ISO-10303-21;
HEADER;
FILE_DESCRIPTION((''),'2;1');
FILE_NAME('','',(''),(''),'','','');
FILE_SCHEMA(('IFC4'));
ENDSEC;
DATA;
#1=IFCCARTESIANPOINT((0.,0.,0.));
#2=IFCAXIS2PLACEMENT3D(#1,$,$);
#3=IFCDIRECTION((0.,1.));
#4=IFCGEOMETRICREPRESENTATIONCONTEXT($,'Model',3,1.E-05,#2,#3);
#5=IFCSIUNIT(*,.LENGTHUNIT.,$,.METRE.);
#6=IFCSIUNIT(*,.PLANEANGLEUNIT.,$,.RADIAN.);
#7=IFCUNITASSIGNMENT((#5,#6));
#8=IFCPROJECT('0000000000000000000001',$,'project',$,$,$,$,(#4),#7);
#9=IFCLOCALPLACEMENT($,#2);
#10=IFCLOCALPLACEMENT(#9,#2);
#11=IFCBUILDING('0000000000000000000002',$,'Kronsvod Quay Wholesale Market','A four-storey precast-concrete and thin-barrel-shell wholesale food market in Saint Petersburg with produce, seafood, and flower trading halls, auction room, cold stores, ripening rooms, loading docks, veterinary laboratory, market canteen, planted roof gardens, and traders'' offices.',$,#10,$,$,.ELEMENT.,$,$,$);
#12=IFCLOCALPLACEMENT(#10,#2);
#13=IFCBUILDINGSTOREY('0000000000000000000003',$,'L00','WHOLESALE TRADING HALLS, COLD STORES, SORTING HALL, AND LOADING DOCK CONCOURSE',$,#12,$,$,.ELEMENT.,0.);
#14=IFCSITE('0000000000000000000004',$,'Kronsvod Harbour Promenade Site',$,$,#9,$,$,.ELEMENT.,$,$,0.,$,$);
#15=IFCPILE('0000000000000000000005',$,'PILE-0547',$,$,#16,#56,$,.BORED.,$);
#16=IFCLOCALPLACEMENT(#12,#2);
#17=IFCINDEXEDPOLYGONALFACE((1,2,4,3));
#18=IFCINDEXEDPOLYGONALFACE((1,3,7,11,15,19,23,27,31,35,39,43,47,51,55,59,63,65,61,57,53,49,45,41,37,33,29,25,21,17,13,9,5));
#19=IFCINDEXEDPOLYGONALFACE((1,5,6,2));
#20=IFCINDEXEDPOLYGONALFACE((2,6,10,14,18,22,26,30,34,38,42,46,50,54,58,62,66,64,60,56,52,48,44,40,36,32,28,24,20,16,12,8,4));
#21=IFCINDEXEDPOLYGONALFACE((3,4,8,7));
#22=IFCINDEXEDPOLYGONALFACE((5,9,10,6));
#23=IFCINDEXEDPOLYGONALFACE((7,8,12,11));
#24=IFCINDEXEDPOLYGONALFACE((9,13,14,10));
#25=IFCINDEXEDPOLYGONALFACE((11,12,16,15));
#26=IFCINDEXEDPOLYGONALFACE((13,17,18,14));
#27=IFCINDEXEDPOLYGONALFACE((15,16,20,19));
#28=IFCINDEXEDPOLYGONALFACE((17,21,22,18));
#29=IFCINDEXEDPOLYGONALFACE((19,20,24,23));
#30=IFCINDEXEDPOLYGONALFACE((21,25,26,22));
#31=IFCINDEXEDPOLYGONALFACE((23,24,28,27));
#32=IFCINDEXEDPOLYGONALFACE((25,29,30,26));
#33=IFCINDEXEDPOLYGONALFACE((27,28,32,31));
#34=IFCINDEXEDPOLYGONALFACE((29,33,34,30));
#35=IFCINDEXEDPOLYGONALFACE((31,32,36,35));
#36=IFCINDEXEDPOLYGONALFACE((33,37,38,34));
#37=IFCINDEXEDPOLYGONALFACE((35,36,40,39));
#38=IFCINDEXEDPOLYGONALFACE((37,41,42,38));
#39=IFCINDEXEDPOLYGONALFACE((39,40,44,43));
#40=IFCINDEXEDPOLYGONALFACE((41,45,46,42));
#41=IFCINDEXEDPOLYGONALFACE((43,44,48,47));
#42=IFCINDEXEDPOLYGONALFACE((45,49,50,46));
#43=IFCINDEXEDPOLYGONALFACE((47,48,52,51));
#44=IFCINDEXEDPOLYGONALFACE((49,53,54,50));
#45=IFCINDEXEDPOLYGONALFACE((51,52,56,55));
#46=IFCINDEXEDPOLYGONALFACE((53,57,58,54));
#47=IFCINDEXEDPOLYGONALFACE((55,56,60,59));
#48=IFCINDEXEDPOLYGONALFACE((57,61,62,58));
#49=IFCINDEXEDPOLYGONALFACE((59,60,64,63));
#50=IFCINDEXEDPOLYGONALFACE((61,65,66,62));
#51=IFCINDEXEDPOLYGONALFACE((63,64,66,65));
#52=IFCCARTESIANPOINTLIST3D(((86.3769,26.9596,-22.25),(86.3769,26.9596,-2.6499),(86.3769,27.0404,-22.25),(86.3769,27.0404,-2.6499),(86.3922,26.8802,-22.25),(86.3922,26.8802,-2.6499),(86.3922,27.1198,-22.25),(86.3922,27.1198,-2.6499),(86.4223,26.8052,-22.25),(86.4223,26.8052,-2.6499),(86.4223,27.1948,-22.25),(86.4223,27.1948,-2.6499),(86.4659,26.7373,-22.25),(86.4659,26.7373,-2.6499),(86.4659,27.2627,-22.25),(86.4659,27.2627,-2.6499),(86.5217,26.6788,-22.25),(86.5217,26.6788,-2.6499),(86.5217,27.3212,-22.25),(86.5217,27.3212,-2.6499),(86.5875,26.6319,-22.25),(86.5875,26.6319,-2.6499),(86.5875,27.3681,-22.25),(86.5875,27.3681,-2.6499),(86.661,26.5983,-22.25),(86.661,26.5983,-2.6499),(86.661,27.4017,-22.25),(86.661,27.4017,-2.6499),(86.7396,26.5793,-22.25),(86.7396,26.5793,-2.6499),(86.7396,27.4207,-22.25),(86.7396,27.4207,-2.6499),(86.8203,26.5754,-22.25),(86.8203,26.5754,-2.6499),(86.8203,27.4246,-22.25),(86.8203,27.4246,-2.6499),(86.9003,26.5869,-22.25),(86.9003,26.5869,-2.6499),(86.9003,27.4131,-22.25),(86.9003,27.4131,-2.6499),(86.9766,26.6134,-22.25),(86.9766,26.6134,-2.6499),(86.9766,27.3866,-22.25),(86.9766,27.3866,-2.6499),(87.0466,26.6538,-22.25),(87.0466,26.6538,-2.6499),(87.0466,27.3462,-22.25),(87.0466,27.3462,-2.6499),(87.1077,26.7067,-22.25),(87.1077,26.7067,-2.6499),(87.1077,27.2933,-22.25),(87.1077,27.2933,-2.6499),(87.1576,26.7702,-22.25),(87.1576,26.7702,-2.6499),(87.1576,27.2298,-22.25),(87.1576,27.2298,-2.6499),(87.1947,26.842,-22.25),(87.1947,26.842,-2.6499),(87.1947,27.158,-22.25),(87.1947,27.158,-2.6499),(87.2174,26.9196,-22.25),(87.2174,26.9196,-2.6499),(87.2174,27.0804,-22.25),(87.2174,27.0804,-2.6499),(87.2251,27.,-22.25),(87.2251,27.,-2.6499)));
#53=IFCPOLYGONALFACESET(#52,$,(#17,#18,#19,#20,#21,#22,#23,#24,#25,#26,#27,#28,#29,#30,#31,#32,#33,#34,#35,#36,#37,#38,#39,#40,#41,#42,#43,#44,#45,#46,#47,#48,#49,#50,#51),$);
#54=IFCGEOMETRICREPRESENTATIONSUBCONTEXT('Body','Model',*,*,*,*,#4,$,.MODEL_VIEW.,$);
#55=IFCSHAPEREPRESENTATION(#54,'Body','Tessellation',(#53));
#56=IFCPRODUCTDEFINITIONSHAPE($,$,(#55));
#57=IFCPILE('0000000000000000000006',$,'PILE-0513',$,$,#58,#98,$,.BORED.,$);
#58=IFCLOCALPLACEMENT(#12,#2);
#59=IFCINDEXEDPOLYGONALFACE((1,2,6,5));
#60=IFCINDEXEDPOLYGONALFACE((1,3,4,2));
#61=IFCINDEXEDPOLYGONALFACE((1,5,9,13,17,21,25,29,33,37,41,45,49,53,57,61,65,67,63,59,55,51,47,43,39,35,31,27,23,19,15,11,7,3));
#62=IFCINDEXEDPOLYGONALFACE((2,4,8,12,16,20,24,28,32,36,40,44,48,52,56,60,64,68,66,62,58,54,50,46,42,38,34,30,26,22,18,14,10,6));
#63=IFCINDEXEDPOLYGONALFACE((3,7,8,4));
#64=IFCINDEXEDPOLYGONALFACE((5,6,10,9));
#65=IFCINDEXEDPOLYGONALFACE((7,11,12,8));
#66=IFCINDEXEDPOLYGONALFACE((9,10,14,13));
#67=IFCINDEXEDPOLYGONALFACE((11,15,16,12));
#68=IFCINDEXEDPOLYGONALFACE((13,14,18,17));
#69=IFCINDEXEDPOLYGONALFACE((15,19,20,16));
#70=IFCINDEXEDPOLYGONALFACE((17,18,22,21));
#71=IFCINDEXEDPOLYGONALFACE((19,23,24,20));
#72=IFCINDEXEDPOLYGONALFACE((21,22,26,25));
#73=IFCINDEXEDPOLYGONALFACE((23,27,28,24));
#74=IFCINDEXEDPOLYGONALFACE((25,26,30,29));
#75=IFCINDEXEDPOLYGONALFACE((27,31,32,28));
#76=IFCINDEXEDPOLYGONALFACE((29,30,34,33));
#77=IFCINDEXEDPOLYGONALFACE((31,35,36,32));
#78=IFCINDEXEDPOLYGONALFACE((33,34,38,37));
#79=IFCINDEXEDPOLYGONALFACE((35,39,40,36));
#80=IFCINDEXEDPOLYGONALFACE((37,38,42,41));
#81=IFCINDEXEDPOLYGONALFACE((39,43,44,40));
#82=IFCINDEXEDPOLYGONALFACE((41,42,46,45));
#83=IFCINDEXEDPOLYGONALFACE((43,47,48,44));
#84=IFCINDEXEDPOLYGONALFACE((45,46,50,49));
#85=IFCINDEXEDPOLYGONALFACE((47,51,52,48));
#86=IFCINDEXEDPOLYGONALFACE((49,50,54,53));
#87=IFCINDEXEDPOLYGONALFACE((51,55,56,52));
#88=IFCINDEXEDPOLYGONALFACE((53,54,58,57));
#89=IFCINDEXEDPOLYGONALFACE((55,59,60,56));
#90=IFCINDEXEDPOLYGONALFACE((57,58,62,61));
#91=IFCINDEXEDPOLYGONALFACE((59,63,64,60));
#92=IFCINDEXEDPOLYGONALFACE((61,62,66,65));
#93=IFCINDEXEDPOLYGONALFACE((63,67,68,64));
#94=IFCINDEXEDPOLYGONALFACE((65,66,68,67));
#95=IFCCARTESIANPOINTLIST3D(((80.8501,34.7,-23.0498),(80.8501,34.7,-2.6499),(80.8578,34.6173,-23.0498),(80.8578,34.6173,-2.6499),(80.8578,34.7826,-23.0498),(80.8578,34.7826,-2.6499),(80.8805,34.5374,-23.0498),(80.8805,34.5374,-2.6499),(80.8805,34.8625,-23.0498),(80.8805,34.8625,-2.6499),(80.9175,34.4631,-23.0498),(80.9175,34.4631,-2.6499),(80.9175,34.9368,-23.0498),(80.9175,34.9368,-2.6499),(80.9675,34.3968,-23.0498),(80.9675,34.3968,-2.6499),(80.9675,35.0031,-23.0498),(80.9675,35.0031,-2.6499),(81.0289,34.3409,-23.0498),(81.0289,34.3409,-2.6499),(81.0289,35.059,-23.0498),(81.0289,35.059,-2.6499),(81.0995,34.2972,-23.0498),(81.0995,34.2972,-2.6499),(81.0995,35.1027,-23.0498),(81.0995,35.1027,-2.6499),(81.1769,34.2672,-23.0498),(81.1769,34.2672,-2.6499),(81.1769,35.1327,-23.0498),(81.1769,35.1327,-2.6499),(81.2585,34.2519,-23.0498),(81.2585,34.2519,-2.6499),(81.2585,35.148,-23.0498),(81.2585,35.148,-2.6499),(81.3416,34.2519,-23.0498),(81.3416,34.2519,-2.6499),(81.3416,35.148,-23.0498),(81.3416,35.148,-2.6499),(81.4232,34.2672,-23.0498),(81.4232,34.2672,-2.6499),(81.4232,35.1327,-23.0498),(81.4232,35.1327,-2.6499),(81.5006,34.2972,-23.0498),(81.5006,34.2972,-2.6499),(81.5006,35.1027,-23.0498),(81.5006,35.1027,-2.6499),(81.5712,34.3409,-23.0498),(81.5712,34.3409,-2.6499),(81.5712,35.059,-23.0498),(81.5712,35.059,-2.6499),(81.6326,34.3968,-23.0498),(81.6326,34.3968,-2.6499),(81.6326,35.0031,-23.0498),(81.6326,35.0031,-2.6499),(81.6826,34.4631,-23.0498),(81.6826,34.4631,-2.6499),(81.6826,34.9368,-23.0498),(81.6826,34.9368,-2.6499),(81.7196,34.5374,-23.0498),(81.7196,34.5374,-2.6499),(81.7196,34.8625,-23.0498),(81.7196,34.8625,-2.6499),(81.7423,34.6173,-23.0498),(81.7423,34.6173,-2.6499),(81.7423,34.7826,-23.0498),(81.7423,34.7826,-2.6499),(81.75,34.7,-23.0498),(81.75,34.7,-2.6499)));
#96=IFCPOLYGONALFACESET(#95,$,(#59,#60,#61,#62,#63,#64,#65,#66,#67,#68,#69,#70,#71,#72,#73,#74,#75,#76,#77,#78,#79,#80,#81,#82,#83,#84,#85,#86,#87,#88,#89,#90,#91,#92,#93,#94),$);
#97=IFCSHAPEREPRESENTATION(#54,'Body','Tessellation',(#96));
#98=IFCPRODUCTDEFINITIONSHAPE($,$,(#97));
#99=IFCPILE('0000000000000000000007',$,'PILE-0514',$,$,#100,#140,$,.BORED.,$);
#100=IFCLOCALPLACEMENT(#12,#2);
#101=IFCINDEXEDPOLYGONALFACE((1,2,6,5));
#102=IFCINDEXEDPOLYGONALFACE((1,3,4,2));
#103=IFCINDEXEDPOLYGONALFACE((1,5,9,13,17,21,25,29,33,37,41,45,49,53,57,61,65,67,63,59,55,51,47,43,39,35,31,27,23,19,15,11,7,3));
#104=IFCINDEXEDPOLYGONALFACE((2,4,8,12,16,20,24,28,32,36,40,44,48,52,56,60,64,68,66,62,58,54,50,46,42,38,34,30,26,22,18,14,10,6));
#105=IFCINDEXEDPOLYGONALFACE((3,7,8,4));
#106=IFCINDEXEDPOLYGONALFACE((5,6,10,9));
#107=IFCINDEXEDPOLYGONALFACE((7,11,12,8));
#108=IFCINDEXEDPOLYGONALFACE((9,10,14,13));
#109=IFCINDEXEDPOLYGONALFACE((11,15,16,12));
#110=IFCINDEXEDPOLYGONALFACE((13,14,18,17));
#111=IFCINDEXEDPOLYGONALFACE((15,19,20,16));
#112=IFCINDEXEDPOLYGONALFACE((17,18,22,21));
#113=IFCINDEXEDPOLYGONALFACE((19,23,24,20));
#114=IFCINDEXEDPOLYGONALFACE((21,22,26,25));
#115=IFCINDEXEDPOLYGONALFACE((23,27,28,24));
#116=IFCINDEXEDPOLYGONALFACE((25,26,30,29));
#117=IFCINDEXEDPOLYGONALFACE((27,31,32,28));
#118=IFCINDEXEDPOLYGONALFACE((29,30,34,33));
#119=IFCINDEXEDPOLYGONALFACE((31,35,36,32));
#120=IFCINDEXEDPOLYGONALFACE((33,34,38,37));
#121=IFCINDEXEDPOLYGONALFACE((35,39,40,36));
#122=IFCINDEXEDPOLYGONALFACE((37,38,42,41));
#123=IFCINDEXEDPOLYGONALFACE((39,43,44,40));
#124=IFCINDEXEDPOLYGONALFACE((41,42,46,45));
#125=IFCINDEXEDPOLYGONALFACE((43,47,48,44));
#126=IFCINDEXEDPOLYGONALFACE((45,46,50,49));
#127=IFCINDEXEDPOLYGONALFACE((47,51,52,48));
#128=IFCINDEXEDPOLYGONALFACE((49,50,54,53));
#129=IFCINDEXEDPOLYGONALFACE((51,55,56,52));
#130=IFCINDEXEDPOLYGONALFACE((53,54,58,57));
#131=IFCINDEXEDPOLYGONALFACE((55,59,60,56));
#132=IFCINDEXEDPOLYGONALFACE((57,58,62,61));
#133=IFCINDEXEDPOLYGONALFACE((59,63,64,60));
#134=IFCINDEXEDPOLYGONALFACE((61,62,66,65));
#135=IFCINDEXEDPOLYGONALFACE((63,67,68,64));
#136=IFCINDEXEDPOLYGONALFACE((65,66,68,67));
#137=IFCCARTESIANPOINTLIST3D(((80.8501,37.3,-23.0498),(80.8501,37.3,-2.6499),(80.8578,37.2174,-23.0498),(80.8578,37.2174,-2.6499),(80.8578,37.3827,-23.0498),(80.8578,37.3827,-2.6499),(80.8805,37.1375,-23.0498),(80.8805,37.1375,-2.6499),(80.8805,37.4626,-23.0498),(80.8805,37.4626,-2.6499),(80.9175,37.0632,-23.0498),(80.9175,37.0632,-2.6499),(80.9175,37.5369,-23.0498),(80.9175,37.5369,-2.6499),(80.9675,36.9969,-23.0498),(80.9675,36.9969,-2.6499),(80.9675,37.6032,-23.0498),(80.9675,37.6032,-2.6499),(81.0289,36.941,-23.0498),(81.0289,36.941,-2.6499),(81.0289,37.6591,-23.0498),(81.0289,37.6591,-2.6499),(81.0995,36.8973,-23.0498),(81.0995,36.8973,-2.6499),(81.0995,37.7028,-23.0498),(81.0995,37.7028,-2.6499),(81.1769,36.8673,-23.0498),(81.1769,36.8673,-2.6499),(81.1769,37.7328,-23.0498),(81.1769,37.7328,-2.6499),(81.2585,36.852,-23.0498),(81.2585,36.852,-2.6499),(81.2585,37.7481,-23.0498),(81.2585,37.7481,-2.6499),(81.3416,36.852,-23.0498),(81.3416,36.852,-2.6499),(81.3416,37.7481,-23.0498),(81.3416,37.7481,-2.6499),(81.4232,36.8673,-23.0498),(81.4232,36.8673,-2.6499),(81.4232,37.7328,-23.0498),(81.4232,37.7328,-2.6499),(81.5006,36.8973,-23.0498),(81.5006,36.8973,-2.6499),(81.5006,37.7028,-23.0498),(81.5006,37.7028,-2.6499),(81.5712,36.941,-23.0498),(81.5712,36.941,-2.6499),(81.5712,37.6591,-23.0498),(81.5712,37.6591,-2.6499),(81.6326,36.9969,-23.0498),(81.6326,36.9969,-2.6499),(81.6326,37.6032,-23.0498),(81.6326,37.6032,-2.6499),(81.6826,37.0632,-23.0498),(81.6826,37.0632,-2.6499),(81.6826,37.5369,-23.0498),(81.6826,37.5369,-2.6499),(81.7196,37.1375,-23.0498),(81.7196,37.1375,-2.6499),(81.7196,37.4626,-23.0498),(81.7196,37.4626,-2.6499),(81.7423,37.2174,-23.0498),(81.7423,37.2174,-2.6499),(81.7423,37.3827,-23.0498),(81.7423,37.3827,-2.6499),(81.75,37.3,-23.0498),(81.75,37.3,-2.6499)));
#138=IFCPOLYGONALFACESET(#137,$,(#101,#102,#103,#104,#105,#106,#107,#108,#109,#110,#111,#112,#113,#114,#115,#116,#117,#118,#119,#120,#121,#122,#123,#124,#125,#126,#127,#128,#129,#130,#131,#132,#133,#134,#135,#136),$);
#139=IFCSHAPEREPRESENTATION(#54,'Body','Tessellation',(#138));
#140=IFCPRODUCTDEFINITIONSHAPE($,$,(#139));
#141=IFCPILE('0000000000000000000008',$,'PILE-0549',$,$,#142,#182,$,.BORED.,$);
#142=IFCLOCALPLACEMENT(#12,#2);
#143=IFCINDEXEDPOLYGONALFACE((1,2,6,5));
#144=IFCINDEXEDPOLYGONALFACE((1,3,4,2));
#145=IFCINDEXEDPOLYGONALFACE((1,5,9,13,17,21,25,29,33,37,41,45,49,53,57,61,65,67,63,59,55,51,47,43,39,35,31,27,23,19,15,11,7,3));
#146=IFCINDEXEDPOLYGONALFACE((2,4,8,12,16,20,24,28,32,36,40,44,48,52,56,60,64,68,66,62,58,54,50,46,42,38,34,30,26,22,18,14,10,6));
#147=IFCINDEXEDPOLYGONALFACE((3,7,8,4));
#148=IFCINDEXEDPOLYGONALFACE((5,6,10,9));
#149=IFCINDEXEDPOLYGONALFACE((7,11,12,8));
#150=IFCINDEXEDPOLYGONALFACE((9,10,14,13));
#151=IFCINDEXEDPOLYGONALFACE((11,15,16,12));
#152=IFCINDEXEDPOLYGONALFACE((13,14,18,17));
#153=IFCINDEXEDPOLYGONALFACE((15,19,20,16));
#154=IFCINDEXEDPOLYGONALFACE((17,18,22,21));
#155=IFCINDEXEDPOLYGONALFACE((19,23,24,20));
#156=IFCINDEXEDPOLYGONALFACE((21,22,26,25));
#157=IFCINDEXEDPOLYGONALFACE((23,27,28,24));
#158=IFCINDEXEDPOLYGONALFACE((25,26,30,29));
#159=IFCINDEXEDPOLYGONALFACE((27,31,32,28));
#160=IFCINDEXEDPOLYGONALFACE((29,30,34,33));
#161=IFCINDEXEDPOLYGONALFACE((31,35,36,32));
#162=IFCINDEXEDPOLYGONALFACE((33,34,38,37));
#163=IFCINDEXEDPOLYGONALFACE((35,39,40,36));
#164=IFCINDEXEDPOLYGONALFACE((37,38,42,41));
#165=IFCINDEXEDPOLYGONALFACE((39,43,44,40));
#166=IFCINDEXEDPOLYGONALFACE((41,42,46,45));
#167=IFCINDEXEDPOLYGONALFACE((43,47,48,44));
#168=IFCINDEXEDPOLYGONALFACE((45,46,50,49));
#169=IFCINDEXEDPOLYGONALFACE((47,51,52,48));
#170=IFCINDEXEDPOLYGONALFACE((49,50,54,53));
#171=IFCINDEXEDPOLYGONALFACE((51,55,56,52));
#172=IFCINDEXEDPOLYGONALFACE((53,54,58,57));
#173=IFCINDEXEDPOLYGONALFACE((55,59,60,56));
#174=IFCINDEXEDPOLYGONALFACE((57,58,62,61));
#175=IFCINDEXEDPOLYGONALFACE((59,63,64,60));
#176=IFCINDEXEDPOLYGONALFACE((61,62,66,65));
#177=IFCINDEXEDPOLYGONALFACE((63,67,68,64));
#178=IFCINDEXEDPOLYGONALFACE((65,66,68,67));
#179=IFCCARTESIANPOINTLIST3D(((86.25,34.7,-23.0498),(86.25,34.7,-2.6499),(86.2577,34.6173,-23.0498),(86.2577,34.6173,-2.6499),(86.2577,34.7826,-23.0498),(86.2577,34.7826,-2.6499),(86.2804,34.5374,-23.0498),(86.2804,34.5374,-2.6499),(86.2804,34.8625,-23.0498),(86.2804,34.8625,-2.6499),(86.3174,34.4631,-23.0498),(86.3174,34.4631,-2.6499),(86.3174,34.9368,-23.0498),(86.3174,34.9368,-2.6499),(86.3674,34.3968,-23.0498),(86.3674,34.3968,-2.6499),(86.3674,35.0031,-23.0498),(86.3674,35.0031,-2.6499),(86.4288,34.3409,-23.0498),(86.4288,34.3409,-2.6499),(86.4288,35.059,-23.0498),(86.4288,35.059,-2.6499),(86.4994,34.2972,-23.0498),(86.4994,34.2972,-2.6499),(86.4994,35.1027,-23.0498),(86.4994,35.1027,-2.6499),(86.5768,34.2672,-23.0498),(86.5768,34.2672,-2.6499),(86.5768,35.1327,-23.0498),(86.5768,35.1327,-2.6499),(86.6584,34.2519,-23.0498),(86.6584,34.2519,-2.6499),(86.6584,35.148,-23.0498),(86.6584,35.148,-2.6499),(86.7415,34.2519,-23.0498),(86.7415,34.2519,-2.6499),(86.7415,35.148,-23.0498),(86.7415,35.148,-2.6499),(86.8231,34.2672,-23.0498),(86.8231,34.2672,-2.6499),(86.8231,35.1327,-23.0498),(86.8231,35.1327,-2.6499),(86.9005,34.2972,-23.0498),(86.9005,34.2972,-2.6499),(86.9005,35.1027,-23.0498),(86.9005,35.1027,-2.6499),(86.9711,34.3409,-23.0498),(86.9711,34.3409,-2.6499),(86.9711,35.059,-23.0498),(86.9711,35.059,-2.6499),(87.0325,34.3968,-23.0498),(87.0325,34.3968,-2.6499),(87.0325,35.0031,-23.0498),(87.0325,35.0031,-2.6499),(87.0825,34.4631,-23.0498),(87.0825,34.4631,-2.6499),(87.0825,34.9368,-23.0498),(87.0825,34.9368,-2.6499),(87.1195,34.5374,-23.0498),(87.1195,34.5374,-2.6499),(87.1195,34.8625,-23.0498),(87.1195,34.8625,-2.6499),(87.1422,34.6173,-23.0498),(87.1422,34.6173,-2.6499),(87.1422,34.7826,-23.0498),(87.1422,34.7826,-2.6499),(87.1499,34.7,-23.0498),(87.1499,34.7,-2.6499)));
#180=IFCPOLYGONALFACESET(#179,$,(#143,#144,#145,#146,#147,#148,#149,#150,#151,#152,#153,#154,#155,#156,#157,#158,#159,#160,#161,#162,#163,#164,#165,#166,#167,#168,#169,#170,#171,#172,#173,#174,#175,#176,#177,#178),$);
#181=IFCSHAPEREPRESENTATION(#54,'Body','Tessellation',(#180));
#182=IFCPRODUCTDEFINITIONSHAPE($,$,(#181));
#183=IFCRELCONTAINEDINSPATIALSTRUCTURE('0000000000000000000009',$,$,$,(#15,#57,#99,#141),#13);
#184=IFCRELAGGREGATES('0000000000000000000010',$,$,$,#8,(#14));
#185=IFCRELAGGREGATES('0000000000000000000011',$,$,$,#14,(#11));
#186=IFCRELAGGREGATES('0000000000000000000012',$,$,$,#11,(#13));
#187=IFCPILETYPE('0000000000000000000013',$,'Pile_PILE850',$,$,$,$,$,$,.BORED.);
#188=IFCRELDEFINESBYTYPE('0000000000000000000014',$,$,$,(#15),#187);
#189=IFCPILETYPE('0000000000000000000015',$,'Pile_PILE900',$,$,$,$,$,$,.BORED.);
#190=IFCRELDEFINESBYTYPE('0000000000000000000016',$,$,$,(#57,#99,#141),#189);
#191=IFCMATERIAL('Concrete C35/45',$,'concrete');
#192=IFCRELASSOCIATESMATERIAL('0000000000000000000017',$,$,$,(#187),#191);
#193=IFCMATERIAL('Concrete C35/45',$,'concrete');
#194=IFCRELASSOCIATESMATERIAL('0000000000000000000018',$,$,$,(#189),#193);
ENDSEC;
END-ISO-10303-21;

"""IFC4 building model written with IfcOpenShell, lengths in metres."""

from ifc_helpers import new_model, si_unit, direction, frame, origin, origin_2d, place, context, subcontext, project, spatial, circle, extrude, material, material_profile, profile_set, type_object, element, save


model = new_model("IFC4")

# Units and contexts
model_context = context("Model", 3, precision=1e-05, world=origin(), true_north=direction((0.0, 1.0)))
body_context = subcontext(model_context, "Body", "Model", "MODEL_VIEW")
ifc_project = project(units=[si_unit("LENGTHUNIT", "METRE"), si_unit("PLANEANGLEUNIT", "RADIAN")], contexts=[model_context])

# Site, building, storey
site_placement = place(None, origin())
site = spatial("IfcSite", under=ifc_project, at=site_placement, Name="Kronsvod Harbour Promenade Site", CompositionType="ELEMENT", RefElevation=0.0)
building_placement = place(site_placement, origin())
building = spatial("IfcBuilding", under=site, at=building_placement, Name="Kronsvod Quay Wholesale Market", Description="A four-storey precast-concrete and thin-barrel-shell wholesale food market in Saint Petersburg with produce, seafood, and flower trading halls, auction room, cold stores, ripening rooms, loading docks, veterinary laboratory, market canteen, planted roof gardens, and traders' offices.", CompositionType="ELEMENT")
storey_placement = place(building_placement, origin())
storey = spatial("IfcBuildingStorey", under=building, at=storey_placement, Name="L00", Description="WHOLESALE TRADING HALLS, COLD STORES, SORTING HALL, AND LOADING DOCK CONCOURSE", CompositionType="ELEMENT", Elevation=0.0)

# Piles
ifc_material_1 = material(Name="Concrete C35/45", Category="concrete")
ifc_material_profile_1 = material_profile(ifc_material_1, circle(Radius=0.425, at=origin_2d()), Name="PILE850")
ifc_profile_set_1 = profile_set([ifc_material_profile_1], Name="Concrete C35/45")
pile_type_1 = type_object("IfcPileType", Name="Pile_PILE850", PredefinedType="BORED", material=ifc_profile_set_1)
for number, where, z_axis, x_axis, name in (
    (1, (86.8, 27.0, -2.6499), (0.0, 0.0, -1.0), (1.0, 0.0, 0.0), "PILE-0547"),
):
    element("IfcPile", number, at=place(storey_placement, frame(where, z_axis=z_axis, x_axis=x_axis)), inside=storey, type_object=pile_type_1, Name=name, PredefinedType="BORED", context=body_context, shape_type="SweptSolid", body=[
        extrude(circle(Radius=0.425, at=origin_2d()), origin(), (0.0, 0.0, 1.0), 19.6001),
    ])
ifc_material_2 = material(Name="Concrete C35/45", Category="concrete")
ifc_material_profile_2 = material_profile(ifc_material_2, circle(Radius=0.45, at=origin_2d()), Name="PILE900")
ifc_profile_set_2 = profile_set([ifc_material_profile_2], Name="Concrete C35/45")
pile_type_2 = type_object("IfcPileType", Name="Pile_PILE900", PredefinedType="BORED", material=ifc_profile_set_2)
for number, where, z_axis, x_axis, name in (
    (2, (81.3, 34.7, -2.6499), (0.0, 0.0, -1.0), (1.0, 0.0, 0.0), "PILE-0513"),
    (3, (81.3, 37.3, -2.6499), (0.0, 0.0, -1.0), (1.0, 0.0, 0.0), "PILE-0514"),
    (4, (86.7, 34.7, -2.6499), (0.0, 0.0, -1.0), (1.0, 0.0, 0.0), "PILE-0549"),
):
    element("IfcPile", number, at=place(storey_placement, frame(where, z_axis=z_axis, x_axis=x_axis)), inside=storey, type_object=pile_type_2, Name=name, PredefinedType="BORED", context=body_context, shape_type="SweptSolid", body=[
        extrude(circle(Radius=0.45, at=origin_2d()), origin(), (0.0, 0.0, 1.0), 20.3999),
    ])

save(model, "model.ifc")
